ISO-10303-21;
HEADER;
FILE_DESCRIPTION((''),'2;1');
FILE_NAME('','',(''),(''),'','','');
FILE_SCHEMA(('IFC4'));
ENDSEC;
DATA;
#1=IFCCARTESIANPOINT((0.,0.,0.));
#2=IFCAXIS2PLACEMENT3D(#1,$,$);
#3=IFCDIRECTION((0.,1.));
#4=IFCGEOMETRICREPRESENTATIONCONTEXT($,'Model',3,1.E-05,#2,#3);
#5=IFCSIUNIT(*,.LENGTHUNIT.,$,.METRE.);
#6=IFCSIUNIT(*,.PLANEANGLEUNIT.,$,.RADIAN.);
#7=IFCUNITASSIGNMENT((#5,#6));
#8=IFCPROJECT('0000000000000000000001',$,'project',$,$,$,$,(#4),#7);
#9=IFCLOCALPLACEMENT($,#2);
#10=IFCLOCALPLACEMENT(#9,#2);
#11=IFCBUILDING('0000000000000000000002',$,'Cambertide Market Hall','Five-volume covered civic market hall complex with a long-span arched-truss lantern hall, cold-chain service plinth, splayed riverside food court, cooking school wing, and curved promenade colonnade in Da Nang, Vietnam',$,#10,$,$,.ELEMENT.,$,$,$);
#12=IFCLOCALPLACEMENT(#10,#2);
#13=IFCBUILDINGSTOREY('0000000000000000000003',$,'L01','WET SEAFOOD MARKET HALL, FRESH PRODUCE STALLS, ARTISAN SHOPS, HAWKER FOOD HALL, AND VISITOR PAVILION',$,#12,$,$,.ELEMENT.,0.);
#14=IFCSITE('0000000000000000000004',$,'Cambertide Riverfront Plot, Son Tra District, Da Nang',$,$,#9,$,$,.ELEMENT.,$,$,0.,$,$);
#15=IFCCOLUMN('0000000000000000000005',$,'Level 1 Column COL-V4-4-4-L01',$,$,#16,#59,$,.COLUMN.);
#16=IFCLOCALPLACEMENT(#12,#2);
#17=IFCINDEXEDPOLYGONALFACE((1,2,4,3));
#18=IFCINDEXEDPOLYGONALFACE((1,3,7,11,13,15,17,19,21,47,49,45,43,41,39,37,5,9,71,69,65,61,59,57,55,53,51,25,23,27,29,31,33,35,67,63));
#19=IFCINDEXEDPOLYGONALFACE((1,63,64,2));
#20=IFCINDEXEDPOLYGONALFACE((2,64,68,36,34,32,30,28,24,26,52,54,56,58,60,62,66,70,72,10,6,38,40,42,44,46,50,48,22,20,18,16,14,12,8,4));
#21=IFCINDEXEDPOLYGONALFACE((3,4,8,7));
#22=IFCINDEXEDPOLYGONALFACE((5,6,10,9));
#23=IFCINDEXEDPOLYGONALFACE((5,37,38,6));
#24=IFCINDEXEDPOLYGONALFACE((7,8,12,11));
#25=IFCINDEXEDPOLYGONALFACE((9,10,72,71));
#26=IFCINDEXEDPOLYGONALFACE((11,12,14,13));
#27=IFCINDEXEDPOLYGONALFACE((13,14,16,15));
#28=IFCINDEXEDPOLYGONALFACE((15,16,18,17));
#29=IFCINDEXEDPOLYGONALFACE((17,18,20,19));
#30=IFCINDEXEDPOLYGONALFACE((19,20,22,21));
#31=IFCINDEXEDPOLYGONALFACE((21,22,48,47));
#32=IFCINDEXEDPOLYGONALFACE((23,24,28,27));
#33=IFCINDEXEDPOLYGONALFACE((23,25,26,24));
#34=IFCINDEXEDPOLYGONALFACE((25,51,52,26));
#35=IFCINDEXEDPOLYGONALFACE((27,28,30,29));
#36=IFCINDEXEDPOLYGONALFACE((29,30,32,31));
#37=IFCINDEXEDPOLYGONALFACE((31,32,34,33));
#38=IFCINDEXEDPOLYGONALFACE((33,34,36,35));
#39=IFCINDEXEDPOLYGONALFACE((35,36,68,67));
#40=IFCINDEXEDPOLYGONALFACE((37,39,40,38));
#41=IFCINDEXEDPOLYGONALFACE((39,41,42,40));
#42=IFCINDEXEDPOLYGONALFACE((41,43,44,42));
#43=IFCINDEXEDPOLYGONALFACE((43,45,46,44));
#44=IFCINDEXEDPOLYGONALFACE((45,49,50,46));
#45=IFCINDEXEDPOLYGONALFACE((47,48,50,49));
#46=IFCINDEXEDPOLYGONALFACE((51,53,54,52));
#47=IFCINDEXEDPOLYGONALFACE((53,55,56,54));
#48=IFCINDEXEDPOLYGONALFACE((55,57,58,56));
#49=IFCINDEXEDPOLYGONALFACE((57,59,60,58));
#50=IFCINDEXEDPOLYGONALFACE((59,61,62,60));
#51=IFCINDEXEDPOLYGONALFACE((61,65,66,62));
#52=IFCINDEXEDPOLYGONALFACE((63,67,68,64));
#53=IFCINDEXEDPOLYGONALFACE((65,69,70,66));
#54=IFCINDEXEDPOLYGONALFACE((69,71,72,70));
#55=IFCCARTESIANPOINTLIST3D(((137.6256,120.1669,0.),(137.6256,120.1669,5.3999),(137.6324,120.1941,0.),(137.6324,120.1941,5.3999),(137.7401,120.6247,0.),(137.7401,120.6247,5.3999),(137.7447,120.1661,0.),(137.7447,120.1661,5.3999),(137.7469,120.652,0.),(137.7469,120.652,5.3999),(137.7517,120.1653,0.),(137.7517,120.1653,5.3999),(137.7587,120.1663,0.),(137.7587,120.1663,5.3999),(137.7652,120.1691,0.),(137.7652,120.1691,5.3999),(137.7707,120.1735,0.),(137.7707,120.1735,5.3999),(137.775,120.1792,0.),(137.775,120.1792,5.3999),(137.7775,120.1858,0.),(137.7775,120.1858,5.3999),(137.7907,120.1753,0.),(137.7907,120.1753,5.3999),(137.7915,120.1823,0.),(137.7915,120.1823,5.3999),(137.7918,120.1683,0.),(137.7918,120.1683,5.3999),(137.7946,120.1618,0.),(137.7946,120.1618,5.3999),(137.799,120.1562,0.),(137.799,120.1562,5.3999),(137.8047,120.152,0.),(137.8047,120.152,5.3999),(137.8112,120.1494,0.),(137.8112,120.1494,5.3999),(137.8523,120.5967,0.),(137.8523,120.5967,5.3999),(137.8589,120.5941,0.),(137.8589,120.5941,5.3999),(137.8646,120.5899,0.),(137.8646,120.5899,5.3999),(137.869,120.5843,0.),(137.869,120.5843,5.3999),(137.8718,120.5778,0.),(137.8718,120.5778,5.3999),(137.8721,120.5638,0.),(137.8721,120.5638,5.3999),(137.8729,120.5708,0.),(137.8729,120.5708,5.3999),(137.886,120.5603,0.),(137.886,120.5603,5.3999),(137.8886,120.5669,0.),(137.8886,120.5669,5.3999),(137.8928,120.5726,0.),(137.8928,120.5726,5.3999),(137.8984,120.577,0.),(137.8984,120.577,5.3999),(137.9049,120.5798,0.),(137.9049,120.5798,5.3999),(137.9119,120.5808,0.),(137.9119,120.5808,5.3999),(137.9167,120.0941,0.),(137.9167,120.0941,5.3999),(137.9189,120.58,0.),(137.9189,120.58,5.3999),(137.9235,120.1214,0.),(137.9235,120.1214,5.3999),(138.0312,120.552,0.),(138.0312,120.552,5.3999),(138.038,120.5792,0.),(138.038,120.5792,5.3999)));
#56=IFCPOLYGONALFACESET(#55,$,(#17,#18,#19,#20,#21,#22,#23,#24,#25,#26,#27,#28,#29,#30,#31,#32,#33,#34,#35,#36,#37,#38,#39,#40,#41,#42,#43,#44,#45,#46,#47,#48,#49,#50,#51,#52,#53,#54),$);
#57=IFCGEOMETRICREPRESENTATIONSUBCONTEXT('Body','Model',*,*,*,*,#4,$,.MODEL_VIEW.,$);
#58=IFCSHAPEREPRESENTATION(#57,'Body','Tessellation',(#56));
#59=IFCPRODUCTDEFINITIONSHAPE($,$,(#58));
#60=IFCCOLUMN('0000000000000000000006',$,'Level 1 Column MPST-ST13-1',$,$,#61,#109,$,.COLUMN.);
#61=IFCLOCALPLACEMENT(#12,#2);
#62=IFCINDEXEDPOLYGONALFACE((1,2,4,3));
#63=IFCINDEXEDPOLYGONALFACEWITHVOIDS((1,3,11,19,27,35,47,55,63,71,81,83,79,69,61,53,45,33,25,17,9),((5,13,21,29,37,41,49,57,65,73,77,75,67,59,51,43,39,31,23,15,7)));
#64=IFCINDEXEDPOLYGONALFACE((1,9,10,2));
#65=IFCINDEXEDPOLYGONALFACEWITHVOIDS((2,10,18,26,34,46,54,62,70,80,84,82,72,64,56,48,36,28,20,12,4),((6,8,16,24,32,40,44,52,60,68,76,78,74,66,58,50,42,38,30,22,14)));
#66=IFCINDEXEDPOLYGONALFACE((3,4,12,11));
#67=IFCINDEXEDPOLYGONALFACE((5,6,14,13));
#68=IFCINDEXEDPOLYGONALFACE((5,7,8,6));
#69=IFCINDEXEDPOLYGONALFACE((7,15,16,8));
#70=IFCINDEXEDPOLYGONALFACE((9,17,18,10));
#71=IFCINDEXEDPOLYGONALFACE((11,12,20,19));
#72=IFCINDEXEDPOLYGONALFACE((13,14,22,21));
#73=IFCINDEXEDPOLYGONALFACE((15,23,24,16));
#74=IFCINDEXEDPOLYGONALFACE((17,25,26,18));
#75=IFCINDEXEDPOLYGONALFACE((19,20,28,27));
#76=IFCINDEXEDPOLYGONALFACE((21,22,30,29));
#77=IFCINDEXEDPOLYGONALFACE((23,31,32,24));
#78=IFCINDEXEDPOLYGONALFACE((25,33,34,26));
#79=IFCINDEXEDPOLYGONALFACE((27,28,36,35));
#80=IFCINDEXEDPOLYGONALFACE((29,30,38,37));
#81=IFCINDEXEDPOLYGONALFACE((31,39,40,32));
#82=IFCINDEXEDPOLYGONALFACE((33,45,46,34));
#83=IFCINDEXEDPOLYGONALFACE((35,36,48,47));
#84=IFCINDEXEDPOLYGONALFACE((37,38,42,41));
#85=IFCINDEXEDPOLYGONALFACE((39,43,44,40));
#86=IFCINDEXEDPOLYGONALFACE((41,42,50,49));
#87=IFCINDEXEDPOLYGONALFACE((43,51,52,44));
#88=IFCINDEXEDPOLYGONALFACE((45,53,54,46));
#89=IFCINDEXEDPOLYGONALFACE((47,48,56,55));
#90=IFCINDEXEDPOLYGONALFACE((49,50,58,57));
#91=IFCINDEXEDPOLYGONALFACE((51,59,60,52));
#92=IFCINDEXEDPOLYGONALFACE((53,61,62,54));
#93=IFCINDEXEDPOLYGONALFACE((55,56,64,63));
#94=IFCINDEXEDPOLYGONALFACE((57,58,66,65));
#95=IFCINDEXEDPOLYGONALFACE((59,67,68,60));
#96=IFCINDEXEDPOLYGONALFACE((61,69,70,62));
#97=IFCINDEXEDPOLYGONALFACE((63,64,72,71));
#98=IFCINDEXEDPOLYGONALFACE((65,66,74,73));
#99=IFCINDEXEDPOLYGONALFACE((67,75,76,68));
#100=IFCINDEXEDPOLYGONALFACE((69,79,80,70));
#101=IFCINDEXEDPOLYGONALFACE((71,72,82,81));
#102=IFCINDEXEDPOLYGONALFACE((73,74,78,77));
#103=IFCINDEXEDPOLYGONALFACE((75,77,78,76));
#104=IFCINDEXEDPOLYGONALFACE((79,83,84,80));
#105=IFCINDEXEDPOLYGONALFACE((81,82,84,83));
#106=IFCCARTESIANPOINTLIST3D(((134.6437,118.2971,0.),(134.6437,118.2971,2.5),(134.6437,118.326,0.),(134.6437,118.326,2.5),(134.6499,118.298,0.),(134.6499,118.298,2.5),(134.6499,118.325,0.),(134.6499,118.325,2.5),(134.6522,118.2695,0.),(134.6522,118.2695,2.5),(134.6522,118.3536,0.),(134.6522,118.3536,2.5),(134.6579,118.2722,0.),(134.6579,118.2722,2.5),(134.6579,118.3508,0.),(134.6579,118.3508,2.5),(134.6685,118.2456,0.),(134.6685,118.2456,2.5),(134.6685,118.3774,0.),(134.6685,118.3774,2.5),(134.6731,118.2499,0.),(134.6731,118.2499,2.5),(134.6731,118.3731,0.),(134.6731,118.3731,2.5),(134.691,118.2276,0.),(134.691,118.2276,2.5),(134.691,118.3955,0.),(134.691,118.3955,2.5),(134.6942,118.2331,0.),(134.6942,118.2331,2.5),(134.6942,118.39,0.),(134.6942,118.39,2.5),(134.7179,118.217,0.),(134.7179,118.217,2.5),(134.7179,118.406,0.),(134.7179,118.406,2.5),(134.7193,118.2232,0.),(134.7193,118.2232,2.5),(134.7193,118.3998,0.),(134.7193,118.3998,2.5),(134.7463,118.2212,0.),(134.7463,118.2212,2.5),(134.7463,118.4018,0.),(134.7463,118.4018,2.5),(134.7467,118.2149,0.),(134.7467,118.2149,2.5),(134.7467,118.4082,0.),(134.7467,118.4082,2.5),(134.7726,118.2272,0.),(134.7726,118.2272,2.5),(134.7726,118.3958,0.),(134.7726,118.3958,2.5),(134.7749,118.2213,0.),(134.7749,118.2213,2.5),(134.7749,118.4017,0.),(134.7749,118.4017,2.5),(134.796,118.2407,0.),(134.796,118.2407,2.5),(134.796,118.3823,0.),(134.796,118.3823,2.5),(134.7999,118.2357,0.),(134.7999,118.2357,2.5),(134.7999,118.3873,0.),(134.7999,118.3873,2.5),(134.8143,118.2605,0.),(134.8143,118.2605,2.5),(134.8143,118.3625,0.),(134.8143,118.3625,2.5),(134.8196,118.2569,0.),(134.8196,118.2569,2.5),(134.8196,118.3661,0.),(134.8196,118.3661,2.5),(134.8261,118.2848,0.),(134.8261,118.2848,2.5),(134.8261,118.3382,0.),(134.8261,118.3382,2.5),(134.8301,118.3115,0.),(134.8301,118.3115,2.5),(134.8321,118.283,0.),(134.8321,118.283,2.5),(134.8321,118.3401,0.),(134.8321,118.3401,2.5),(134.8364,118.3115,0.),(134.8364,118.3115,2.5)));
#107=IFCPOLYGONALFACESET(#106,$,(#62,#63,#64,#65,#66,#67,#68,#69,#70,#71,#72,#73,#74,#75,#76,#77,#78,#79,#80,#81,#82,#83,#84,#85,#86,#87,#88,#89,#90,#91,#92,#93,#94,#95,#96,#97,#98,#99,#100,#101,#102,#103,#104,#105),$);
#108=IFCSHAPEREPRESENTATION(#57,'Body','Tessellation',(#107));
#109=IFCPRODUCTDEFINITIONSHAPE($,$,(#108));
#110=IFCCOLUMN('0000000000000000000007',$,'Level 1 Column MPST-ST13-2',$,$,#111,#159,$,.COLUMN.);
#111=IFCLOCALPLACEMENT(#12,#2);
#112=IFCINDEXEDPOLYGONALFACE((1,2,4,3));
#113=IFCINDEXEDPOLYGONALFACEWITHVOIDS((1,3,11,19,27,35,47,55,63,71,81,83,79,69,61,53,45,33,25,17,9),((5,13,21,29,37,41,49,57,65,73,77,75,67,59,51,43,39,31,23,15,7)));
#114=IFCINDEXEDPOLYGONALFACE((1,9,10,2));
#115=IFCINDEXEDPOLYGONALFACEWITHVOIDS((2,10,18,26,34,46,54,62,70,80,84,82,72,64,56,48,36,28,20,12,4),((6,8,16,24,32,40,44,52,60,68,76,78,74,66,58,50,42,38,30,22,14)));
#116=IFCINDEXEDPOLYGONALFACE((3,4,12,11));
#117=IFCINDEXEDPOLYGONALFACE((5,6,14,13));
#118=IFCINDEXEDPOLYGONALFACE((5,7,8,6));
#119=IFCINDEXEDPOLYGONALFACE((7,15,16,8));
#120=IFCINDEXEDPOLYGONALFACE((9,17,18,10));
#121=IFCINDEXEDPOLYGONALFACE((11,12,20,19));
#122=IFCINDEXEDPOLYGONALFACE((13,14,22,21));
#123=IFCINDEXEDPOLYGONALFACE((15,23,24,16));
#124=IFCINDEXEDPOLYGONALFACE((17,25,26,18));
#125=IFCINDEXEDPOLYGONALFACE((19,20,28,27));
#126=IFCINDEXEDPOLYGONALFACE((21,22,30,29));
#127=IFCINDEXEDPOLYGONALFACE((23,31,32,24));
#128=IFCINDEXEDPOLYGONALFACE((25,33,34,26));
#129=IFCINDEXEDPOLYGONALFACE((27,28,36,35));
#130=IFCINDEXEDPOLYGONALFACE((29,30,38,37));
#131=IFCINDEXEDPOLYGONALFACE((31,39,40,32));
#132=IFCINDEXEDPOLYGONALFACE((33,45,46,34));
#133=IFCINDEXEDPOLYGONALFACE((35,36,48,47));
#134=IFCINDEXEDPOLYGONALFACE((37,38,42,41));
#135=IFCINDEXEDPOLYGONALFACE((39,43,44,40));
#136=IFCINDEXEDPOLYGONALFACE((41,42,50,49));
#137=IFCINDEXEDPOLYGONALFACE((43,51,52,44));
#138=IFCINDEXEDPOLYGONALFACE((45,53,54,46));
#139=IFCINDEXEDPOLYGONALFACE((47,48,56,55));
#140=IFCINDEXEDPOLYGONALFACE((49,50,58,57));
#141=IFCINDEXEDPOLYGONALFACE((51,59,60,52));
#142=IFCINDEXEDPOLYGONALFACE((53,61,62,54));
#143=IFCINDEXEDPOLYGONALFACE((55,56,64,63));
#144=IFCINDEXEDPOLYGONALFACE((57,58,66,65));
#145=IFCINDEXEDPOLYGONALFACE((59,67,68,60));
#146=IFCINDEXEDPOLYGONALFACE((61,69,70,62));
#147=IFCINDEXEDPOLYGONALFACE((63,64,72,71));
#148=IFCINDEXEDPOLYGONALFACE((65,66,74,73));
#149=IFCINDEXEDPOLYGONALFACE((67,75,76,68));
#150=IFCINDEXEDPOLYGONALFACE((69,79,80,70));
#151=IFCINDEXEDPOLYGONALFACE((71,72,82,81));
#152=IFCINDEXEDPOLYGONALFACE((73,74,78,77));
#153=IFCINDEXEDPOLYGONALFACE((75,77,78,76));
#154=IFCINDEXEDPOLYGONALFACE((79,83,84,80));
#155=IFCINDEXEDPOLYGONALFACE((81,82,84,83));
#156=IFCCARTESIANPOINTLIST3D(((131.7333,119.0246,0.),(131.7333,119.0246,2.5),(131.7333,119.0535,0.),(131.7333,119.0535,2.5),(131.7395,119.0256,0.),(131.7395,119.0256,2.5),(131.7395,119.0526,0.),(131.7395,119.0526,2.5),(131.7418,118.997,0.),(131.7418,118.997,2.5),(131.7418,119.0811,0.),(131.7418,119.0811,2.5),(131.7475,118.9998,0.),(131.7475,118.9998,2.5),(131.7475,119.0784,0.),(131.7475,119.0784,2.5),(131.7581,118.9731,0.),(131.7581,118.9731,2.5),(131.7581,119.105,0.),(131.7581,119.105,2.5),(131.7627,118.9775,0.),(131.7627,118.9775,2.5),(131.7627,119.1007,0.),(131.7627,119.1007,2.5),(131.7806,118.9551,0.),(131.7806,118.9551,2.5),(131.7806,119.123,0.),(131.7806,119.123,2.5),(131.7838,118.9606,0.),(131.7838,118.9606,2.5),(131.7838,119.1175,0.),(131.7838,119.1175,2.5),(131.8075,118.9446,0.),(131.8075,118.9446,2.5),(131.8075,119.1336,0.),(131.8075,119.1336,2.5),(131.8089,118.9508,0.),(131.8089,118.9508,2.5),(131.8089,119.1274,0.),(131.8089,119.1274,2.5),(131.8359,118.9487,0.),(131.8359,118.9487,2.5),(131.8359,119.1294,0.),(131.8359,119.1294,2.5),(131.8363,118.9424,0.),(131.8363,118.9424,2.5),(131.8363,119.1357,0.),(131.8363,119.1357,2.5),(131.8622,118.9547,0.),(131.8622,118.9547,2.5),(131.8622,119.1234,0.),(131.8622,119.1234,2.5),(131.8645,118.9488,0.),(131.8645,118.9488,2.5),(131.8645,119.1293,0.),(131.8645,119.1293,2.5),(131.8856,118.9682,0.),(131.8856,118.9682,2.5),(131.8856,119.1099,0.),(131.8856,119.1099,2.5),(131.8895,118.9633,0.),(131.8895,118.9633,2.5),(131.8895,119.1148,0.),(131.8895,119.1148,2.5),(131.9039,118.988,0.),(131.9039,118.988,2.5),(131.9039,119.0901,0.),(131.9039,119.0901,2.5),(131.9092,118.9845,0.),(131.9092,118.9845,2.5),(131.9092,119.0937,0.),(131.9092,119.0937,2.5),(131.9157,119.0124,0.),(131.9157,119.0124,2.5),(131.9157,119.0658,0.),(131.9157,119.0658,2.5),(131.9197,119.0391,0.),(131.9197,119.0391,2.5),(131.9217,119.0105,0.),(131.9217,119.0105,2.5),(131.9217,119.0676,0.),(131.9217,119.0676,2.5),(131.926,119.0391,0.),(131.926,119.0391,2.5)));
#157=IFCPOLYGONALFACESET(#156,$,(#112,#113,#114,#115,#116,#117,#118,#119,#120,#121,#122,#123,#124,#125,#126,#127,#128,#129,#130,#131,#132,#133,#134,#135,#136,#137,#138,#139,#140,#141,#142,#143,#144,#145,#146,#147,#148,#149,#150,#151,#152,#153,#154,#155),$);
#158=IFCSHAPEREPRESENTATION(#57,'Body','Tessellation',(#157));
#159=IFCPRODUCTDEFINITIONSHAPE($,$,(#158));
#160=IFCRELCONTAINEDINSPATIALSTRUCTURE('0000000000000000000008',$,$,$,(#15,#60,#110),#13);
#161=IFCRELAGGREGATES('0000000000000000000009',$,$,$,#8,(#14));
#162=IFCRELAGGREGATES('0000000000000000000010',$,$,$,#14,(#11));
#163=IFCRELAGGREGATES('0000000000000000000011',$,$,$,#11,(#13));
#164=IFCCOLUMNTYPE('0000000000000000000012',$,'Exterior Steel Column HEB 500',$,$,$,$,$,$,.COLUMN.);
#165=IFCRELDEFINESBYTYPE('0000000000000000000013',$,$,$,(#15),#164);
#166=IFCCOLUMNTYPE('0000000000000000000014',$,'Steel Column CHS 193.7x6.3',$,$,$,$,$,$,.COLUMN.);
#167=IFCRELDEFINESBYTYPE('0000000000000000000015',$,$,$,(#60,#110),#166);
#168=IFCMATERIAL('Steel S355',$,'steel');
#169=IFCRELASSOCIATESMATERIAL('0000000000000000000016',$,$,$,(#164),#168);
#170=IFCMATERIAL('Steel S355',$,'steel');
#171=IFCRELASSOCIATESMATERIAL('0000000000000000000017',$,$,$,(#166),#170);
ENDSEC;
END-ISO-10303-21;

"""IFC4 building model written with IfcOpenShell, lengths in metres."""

from ifc_helpers import new_model, si_unit, direction, frame, origin, origin_2d, place, context, subcontext, project, spatial, hollow_circle, i_section, extrude, material, material_profile, profile_set, type_object, element, save


model = new_model("IFC4")

# Units and contexts
model_context = context("Model", 3, precision=1e-05, world=origin(), true_north=direction((0.0, 1.0)))
body_context = subcontext(model_context, "Body", "Model", "MODEL_VIEW")
ifc_project = project(units=[si_unit("LENGTHUNIT", "METRE"), si_unit("PLANEANGLEUNIT", "RADIAN")], contexts=[model_context])

# Site, building, storey
site_placement = place(None, origin())
site = spatial("IfcSite", under=ifc_project, at=site_placement, Name="Cambertide Riverfront Plot, Son Tra District, Da Nang", CompositionType="ELEMENT", RefElevation=0.0)
building_placement = place(site_placement, origin())
building = spatial("IfcBuilding", under=site, at=building_placement, Name="Cambertide Market Hall", Description="Five-volume covered civic market hall complex with a long-span arched-truss lantern hall, cold-chain service plinth, splayed riverside food court, cooking school wing, and curved promenade colonnade in Da Nang, Vietnam", CompositionType="ELEMENT")
storey_placement = place(building_placement, origin())
storey = spatial("IfcBuildingStorey", under=building, at=storey_placement, Name="L01", Description="WET SEAFOOD MARKET HALL, FRESH PRODUCE STALLS, ARTISAN SHOPS, HAWKER FOOD HALL, AND VISITOR PAVILION", CompositionType="ELEMENT", Elevation=0.0)

# Columns
ifc_material_1 = material(Name="Steel S355", Category="steel")
ifc_material_profile_1 = material_profile(ifc_material_1, i_section(OverallWidth=0.3, OverallDepth=0.5, WebThickness=0.0144, FlangeThickness=0.0281, FilletRadius=0.0271, at=origin_2d()), Name="HEB 500")
ifc_profile_set_1 = profile_set([ifc_material_profile_1], Name="Steel S355")
column_type_1 = type_object("IfcColumnType", Name="Exterior Steel Column HEB 500", PredefinedType="COLUMN", material=ifc_profile_set_1)
column_placement = place(storey_placement, frame((137.8318, 120.373, 0.0), z_axis=(0.0, 0.0, 1.0), x_axis=(0.970143, -0.242536, 0.0)))
element("IfcColumn", 1, at=column_placement, inside=storey, type_object=column_type_1, Name="Level 1 Column COL-V4-4-4-L01", PredefinedType="COLUMN", context=body_context, shape_type="SweptSolid", body=[
    extrude(i_section(OverallWidth=0.3, OverallDepth=0.5, WebThickness=0.0144, FlangeThickness=0.0281, FilletRadius=0.0271, at=origin_2d()), origin(), (0.0, 0.0, 1.0), 5.3999),
])
ifc_material_2 = material(Name="Steel S355", Category="steel")
ifc_material_profile_2 = material_profile(ifc_material_2, hollow_circle(Radius=0.0969, WallThickness=0.0063, at=origin_2d()), Name="CHS 193.7x6.3")
ifc_profile_set_2 = profile_set([ifc_material_profile_2], Name="Steel S355")
column_type_2 = type_object("IfcColumnType", Name="Steel Column CHS 193.7x6.3", PredefinedType="COLUMN", material=ifc_profile_set_2)
for number, where, z_axis, x_axis, name in (
    (2, (134.7395, 118.3115, 0.0), (0.0, 0.0, 1.0), (1.0, 0.0, 0.0), "Level 1 Column MPST-ST13-1"),
    (3, (131.8291, 119.0391, 0.0), (0.0, 0.0, 1.0), (1.0, 0.0, 0.0), "Level 1 Column MPST-ST13-2"),
):
    element("IfcColumn", number, at=place(storey_placement, frame(where, z_axis=z_axis, x_axis=x_axis)), inside=storey, type_object=column_type_2, Name=name, PredefinedType="COLUMN", context=body_context, shape_type="SweptSolid", body=[
        extrude(hollow_circle(Radius=0.0969, WallThickness=0.0063, at=origin_2d()), origin(), (0.0, 0.0, 1.0), 2.5),
    ])

save(model, "model.ifc")
